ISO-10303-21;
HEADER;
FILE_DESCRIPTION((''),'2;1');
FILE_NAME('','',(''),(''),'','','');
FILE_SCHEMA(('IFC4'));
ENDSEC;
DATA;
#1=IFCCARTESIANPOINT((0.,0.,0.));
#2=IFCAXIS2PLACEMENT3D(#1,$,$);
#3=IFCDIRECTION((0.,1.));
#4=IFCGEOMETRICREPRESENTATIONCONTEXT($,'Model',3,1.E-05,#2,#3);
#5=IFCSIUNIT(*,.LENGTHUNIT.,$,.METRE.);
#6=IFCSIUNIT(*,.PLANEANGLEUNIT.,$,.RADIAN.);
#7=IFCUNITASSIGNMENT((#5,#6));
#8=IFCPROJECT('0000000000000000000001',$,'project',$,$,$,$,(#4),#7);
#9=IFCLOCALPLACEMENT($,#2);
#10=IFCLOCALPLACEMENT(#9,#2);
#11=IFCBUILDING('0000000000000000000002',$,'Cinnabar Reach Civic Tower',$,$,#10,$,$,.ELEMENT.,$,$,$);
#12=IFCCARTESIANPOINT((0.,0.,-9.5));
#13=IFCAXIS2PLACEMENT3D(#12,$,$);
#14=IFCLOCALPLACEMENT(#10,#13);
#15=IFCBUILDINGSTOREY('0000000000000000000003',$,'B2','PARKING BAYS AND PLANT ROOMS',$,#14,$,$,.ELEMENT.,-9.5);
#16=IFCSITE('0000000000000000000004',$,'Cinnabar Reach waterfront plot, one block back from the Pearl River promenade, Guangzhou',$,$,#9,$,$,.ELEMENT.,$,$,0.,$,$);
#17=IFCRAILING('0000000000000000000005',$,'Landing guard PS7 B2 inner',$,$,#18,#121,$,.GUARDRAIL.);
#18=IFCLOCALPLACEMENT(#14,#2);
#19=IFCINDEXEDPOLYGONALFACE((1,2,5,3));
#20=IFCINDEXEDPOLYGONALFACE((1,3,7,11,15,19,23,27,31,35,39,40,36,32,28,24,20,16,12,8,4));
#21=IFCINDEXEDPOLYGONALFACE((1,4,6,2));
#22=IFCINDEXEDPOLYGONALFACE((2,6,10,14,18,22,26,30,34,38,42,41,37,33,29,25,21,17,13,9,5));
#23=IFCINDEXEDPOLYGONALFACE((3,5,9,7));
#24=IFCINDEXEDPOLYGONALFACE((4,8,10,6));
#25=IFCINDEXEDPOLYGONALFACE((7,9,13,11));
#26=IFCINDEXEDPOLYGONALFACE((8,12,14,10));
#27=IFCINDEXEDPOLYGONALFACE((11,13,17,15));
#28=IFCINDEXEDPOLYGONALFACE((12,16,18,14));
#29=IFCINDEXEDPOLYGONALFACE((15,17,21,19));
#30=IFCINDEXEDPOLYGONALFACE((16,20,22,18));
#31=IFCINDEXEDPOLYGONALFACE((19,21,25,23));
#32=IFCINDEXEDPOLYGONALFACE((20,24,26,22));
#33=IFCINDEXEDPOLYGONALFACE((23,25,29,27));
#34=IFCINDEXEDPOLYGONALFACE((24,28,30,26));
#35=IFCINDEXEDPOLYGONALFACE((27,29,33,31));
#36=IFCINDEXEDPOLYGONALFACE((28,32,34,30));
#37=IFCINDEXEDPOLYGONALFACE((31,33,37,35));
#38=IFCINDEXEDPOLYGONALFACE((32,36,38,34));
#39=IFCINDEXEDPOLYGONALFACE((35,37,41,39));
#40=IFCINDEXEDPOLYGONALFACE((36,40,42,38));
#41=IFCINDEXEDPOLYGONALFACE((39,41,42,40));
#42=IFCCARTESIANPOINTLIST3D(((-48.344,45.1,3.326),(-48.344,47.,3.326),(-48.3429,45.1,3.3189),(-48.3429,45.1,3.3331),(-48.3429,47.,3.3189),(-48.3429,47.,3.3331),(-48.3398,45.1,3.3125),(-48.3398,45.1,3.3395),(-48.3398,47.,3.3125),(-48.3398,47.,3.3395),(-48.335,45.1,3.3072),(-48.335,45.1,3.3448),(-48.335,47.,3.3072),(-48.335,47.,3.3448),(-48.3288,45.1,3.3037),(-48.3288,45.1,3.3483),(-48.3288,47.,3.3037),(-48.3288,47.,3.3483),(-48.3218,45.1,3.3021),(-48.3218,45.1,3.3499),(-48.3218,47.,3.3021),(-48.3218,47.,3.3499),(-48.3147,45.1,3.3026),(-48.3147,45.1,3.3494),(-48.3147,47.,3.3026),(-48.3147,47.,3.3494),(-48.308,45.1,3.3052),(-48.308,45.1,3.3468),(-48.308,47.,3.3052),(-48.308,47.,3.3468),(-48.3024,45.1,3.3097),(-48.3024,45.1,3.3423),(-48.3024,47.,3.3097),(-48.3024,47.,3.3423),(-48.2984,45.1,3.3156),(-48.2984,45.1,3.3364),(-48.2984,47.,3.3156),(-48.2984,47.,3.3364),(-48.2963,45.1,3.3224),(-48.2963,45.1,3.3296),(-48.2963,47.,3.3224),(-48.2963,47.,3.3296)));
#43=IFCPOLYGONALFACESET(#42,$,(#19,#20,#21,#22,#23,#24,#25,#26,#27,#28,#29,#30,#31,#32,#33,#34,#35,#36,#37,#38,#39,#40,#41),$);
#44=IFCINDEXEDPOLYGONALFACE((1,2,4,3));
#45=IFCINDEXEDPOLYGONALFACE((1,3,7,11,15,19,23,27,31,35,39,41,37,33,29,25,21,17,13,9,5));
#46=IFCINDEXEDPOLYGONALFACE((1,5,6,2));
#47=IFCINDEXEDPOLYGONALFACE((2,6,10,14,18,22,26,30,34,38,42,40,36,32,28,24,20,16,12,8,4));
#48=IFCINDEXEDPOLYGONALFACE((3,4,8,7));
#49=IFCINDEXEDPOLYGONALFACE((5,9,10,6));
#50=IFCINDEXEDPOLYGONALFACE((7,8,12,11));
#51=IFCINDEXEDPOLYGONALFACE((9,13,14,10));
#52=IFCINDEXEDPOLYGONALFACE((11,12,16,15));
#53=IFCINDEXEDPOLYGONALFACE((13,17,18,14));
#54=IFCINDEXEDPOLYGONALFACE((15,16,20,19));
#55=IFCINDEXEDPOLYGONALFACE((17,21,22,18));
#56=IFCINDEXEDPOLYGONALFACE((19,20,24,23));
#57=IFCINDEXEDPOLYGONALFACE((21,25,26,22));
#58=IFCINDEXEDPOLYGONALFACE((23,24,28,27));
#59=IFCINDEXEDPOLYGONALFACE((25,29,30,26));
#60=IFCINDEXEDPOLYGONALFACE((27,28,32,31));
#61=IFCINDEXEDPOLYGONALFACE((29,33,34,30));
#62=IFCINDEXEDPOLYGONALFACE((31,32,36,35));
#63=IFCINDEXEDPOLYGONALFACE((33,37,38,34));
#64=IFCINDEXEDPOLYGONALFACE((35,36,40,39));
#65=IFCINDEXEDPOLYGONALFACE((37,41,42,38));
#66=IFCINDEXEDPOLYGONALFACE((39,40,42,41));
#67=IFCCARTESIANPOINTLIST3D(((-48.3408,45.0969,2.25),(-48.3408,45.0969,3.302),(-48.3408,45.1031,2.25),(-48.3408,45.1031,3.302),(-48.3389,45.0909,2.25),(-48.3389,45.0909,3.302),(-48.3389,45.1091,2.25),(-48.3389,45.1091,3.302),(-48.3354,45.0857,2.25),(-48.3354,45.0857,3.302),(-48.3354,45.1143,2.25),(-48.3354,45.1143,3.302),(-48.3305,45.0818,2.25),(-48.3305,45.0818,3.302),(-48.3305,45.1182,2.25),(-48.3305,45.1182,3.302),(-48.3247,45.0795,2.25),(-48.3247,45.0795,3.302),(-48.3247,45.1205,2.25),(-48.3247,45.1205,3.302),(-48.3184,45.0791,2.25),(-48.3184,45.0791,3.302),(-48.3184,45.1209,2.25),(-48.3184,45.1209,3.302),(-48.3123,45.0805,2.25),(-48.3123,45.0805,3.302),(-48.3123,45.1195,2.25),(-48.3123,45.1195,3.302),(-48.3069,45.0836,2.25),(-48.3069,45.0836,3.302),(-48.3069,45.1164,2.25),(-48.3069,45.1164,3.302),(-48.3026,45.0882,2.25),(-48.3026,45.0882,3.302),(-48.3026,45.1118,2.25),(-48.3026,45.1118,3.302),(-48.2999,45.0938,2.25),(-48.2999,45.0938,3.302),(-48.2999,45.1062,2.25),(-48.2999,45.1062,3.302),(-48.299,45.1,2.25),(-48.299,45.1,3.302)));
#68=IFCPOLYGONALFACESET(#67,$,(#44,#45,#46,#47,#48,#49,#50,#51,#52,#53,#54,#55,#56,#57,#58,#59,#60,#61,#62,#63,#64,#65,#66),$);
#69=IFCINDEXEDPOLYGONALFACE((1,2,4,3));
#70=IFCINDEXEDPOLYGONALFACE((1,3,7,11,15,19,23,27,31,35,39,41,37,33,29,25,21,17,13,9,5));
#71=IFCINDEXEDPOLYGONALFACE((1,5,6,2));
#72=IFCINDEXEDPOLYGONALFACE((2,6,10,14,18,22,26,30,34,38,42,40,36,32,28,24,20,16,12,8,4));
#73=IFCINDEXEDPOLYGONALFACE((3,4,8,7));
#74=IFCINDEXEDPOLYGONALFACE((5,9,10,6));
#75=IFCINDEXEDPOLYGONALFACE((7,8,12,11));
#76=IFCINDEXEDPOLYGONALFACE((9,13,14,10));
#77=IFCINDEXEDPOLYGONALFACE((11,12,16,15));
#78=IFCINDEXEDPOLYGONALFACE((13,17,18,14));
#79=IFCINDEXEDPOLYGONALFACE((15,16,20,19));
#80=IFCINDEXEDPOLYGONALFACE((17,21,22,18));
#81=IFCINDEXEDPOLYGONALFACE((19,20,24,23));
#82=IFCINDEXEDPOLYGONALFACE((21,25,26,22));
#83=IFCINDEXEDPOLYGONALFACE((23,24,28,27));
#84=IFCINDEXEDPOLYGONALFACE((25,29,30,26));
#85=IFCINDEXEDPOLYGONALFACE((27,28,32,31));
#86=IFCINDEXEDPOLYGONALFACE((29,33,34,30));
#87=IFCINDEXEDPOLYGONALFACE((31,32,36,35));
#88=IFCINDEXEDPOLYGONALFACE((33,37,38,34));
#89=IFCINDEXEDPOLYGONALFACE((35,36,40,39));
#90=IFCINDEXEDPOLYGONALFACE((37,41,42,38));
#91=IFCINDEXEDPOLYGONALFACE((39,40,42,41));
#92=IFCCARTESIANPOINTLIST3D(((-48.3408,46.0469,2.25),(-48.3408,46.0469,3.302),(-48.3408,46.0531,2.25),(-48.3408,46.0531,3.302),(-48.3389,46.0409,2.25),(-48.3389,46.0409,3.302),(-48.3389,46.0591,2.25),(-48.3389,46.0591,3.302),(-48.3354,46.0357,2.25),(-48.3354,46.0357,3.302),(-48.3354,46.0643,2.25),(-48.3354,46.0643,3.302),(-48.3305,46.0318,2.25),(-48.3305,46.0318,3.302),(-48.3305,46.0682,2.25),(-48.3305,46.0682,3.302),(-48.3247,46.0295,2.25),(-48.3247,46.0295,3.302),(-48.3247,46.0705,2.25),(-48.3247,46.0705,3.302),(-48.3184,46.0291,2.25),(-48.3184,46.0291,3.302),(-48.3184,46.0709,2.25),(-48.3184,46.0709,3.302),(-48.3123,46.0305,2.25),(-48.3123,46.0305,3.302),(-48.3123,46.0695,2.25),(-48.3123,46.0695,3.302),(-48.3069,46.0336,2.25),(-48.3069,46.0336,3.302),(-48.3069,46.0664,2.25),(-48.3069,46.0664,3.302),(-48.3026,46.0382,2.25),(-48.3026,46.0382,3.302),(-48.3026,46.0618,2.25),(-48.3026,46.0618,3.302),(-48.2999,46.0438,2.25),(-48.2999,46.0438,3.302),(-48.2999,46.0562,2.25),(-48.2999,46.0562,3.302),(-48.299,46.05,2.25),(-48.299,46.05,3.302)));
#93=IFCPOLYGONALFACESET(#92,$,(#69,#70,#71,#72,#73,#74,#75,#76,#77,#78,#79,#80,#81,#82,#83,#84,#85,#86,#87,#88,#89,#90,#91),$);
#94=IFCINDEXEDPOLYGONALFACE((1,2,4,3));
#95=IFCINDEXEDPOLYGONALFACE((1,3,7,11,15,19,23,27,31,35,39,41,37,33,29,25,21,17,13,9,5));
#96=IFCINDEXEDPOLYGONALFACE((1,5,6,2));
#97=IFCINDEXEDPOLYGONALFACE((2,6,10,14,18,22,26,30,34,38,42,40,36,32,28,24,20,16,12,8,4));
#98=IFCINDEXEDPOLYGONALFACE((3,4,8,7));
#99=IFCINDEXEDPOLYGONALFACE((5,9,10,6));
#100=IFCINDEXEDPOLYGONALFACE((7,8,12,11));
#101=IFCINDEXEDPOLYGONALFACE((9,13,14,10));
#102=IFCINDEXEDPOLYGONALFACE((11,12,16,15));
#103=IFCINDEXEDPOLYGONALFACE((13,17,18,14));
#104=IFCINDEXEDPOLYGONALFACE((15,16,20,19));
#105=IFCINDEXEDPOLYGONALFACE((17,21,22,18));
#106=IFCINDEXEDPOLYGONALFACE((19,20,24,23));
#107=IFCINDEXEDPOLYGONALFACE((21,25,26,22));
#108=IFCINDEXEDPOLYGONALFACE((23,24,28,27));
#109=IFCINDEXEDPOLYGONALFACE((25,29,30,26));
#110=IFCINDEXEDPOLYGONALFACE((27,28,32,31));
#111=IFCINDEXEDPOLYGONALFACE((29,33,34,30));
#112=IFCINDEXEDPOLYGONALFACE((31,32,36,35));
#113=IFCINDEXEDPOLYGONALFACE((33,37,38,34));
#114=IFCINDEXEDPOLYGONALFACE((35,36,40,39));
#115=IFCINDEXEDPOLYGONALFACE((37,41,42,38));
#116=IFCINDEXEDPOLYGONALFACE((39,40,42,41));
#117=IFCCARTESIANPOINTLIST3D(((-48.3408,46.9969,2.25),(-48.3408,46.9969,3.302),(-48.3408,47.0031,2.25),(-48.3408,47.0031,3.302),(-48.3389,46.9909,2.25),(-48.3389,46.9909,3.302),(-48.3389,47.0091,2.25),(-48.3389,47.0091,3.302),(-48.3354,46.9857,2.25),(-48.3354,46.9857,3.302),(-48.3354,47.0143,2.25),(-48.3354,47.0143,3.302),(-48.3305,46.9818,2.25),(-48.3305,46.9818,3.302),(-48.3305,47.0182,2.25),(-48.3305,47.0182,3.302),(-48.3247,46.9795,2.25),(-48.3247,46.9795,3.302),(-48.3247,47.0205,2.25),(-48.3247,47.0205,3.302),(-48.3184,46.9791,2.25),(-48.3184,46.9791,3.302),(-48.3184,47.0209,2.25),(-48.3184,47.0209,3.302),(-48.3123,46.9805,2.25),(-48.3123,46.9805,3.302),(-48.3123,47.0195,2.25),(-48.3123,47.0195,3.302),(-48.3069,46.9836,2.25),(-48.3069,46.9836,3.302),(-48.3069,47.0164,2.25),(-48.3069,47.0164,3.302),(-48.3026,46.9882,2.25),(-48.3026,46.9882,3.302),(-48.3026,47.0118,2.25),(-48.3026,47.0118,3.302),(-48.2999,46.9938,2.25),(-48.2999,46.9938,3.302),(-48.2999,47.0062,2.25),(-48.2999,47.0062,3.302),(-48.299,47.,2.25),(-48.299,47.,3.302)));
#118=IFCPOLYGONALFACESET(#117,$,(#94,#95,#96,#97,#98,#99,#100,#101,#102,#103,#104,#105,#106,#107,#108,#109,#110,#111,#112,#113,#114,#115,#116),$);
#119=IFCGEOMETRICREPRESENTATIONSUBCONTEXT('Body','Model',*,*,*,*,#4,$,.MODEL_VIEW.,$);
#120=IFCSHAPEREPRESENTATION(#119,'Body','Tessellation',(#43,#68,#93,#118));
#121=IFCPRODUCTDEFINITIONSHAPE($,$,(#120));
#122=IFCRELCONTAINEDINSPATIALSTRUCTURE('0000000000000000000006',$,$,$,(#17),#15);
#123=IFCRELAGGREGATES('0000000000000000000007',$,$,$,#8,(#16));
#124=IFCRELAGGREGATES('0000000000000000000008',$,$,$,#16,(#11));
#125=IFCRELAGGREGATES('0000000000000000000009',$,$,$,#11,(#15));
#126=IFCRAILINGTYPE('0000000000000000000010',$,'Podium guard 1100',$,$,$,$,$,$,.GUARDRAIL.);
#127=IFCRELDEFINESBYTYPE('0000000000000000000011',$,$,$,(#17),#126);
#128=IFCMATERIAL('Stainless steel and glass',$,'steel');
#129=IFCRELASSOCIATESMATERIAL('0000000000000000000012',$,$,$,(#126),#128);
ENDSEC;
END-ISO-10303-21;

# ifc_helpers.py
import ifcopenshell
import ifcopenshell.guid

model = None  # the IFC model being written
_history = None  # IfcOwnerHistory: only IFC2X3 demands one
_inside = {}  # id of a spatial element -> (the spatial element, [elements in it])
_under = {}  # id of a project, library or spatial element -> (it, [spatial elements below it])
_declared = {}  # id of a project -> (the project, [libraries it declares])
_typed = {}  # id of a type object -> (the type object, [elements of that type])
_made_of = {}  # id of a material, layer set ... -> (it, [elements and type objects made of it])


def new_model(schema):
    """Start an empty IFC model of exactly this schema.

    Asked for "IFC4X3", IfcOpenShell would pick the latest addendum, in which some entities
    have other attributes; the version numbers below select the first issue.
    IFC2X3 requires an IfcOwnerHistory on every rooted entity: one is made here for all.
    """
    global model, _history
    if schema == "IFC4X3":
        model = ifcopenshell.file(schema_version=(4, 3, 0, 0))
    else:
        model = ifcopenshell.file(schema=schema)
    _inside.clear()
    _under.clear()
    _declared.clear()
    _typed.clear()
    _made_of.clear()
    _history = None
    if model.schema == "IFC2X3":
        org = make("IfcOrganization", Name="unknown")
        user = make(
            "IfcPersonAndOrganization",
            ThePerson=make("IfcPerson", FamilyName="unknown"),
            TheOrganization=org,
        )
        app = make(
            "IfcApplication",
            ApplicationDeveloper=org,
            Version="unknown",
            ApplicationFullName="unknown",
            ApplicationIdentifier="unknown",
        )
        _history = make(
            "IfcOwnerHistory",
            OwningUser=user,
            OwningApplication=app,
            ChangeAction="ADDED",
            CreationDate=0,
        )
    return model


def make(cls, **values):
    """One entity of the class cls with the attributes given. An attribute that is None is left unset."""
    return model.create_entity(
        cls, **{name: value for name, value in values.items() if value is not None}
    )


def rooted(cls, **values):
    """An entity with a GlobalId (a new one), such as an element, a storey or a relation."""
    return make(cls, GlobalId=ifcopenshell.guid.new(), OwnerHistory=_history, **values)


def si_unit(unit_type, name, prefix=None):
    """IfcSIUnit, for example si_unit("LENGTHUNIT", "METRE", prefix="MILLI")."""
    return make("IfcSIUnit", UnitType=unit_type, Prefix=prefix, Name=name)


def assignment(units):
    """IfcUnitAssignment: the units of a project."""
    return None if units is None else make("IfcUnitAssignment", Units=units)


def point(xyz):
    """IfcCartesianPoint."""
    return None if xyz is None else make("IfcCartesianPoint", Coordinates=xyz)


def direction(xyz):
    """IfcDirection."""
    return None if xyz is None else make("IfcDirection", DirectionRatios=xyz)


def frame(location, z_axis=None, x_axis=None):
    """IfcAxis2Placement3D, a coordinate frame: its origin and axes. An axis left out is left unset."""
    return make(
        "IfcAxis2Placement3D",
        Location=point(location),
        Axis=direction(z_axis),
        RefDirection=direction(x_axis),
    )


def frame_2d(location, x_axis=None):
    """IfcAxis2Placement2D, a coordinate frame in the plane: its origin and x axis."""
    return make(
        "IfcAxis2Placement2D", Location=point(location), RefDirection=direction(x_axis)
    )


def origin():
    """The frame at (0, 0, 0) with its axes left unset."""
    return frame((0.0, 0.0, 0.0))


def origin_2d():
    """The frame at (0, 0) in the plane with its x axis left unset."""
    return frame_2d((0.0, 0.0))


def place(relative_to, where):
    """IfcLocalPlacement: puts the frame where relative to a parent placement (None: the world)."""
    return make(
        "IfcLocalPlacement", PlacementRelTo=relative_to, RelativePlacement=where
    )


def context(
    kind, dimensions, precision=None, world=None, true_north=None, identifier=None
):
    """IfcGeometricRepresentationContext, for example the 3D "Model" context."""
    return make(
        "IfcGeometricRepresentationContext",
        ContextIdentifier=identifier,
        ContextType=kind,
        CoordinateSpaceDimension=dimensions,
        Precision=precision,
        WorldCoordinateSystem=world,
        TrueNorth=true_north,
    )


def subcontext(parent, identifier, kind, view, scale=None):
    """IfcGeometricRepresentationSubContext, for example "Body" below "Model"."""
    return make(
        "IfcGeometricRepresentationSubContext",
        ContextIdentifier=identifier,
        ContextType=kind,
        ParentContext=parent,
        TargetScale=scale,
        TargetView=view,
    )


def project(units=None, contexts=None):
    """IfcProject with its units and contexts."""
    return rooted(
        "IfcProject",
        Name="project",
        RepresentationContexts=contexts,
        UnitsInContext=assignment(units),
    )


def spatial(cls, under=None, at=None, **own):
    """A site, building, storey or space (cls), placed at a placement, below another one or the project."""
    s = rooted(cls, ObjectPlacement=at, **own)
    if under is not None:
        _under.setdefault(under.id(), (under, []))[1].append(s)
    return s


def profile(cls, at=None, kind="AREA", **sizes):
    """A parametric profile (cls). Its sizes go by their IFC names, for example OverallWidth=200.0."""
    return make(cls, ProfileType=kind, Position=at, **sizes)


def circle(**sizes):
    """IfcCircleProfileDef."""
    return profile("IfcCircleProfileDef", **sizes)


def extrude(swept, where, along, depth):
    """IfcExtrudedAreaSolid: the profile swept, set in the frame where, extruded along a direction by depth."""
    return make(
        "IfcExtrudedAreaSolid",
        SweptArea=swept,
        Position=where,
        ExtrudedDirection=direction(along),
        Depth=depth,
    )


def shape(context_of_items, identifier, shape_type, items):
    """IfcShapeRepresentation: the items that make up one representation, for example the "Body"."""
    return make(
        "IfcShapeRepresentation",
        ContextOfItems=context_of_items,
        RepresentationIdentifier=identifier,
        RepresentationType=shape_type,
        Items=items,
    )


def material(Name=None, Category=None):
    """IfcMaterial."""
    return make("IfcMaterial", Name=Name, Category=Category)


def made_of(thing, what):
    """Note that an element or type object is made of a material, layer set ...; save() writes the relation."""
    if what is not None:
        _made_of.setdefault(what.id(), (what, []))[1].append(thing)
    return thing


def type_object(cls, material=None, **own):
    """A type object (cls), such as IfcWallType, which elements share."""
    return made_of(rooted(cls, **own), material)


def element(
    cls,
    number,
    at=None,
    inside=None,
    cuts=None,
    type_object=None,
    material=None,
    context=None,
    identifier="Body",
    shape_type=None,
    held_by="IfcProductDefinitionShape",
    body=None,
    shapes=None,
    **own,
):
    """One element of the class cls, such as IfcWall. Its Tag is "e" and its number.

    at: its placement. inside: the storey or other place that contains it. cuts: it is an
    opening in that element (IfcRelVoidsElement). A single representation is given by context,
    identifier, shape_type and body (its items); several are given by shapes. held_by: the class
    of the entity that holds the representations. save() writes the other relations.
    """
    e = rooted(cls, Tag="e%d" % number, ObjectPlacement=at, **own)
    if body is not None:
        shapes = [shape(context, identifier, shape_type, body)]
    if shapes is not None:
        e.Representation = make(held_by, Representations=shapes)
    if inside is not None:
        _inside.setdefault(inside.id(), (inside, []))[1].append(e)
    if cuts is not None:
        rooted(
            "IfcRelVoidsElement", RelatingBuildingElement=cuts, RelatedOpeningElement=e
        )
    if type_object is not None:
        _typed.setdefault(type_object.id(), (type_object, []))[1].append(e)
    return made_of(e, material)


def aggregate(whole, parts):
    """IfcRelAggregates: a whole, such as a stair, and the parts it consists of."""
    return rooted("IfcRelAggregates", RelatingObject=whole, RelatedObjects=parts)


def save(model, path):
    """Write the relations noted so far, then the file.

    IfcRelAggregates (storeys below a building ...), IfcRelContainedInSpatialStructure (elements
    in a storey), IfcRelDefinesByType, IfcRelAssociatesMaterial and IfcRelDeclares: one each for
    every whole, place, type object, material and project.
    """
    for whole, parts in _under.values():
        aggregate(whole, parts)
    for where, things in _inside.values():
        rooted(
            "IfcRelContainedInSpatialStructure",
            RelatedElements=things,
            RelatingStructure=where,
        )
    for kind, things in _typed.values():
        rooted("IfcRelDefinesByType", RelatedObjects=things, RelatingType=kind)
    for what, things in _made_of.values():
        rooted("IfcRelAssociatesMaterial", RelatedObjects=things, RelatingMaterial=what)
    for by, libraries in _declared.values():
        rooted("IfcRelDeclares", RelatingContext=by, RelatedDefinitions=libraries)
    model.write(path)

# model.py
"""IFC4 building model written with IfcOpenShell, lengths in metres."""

from ifc_helpers import new_model, si_unit, direction, frame, origin, origin_2d, place, context, subcontext, project, spatial, circle, extrude, material, type_object, element, save


model = new_model("IFC4")

# Units and contexts
model_context = context("Model", 3, precision=1e-05, world=origin(), true_north=direction((0.0, 1.0)))
body_context = subcontext(model_context, "Body", "Model", "MODEL_VIEW")
ifc_project = project(units=[si_unit("LENGTHUNIT", "METRE"), si_unit("PLANEANGLEUNIT", "RADIAN")], contexts=[model_context])

# Site, building, storey
site_placement = place(None, origin())
site = spatial("IfcSite", under=ifc_project, at=site_placement, Name="Cinnabar Reach waterfront plot, one block back from the Pearl River promenade, Guangzhou", CompositionType="ELEMENT", RefElevation=0.0)
building_placement = place(site_placement, origin())
building = spatial("IfcBuilding", under=site, at=building_placement, Name="Cinnabar Reach Civic Tower", CompositionType="ELEMENT")
storey_placement = place(building_placement, frame((0.0, 0.0, -9.5)))
storey = spatial("IfcBuildingStorey", under=building, at=storey_placement, Name="B2", Description="PARKING BAYS AND PLANT ROOMS", CompositionType="ELEMENT", Elevation=-9.5)

# Railing
ifc_material_1 = material(Name="Stainless steel and glass", Category="steel")
railing_type_1 = type_object("IfcRailingType", Name="Podium guard 1100", PredefinedType="GUARDRAIL", material=ifc_material_1)
railing_1_placement = place(storey_placement, frame((-48.32, 45.1, 2.25)))
element("IfcRailing", 1, at=railing_1_placement, inside=storey, type_object=railing_type_1, Name="Landing guard PS7 B2 inner", PredefinedType="GUARDRAIL", context=body_context, shape_type="SweptSolid", body=[
    extrude(circle(Radius=0.024, at=origin_2d()), frame((0.0, 0.0, 1.076), z_axis=(0.0, 1.0, 0.0), x_axis=(-1.0, 0.0, 0.0)), (0.0, 0.0, 1.0), 1.9),
    extrude(circle(Radius=0.021, at=origin_2d()), origin(), (0.0, 0.0, 1.0), 1.052),
    extrude(circle(Radius=0.021, at=origin_2d()), frame((0.0, 0.95, 0.0)), (0.0, 0.0, 1.0), 1.052),
    extrude(circle(Radius=0.021, at=origin_2d()), frame((0.0, 1.9, 0.0)), (0.0, 0.0, 1.0), 1.052),
])

save(model, "model.ifc")
